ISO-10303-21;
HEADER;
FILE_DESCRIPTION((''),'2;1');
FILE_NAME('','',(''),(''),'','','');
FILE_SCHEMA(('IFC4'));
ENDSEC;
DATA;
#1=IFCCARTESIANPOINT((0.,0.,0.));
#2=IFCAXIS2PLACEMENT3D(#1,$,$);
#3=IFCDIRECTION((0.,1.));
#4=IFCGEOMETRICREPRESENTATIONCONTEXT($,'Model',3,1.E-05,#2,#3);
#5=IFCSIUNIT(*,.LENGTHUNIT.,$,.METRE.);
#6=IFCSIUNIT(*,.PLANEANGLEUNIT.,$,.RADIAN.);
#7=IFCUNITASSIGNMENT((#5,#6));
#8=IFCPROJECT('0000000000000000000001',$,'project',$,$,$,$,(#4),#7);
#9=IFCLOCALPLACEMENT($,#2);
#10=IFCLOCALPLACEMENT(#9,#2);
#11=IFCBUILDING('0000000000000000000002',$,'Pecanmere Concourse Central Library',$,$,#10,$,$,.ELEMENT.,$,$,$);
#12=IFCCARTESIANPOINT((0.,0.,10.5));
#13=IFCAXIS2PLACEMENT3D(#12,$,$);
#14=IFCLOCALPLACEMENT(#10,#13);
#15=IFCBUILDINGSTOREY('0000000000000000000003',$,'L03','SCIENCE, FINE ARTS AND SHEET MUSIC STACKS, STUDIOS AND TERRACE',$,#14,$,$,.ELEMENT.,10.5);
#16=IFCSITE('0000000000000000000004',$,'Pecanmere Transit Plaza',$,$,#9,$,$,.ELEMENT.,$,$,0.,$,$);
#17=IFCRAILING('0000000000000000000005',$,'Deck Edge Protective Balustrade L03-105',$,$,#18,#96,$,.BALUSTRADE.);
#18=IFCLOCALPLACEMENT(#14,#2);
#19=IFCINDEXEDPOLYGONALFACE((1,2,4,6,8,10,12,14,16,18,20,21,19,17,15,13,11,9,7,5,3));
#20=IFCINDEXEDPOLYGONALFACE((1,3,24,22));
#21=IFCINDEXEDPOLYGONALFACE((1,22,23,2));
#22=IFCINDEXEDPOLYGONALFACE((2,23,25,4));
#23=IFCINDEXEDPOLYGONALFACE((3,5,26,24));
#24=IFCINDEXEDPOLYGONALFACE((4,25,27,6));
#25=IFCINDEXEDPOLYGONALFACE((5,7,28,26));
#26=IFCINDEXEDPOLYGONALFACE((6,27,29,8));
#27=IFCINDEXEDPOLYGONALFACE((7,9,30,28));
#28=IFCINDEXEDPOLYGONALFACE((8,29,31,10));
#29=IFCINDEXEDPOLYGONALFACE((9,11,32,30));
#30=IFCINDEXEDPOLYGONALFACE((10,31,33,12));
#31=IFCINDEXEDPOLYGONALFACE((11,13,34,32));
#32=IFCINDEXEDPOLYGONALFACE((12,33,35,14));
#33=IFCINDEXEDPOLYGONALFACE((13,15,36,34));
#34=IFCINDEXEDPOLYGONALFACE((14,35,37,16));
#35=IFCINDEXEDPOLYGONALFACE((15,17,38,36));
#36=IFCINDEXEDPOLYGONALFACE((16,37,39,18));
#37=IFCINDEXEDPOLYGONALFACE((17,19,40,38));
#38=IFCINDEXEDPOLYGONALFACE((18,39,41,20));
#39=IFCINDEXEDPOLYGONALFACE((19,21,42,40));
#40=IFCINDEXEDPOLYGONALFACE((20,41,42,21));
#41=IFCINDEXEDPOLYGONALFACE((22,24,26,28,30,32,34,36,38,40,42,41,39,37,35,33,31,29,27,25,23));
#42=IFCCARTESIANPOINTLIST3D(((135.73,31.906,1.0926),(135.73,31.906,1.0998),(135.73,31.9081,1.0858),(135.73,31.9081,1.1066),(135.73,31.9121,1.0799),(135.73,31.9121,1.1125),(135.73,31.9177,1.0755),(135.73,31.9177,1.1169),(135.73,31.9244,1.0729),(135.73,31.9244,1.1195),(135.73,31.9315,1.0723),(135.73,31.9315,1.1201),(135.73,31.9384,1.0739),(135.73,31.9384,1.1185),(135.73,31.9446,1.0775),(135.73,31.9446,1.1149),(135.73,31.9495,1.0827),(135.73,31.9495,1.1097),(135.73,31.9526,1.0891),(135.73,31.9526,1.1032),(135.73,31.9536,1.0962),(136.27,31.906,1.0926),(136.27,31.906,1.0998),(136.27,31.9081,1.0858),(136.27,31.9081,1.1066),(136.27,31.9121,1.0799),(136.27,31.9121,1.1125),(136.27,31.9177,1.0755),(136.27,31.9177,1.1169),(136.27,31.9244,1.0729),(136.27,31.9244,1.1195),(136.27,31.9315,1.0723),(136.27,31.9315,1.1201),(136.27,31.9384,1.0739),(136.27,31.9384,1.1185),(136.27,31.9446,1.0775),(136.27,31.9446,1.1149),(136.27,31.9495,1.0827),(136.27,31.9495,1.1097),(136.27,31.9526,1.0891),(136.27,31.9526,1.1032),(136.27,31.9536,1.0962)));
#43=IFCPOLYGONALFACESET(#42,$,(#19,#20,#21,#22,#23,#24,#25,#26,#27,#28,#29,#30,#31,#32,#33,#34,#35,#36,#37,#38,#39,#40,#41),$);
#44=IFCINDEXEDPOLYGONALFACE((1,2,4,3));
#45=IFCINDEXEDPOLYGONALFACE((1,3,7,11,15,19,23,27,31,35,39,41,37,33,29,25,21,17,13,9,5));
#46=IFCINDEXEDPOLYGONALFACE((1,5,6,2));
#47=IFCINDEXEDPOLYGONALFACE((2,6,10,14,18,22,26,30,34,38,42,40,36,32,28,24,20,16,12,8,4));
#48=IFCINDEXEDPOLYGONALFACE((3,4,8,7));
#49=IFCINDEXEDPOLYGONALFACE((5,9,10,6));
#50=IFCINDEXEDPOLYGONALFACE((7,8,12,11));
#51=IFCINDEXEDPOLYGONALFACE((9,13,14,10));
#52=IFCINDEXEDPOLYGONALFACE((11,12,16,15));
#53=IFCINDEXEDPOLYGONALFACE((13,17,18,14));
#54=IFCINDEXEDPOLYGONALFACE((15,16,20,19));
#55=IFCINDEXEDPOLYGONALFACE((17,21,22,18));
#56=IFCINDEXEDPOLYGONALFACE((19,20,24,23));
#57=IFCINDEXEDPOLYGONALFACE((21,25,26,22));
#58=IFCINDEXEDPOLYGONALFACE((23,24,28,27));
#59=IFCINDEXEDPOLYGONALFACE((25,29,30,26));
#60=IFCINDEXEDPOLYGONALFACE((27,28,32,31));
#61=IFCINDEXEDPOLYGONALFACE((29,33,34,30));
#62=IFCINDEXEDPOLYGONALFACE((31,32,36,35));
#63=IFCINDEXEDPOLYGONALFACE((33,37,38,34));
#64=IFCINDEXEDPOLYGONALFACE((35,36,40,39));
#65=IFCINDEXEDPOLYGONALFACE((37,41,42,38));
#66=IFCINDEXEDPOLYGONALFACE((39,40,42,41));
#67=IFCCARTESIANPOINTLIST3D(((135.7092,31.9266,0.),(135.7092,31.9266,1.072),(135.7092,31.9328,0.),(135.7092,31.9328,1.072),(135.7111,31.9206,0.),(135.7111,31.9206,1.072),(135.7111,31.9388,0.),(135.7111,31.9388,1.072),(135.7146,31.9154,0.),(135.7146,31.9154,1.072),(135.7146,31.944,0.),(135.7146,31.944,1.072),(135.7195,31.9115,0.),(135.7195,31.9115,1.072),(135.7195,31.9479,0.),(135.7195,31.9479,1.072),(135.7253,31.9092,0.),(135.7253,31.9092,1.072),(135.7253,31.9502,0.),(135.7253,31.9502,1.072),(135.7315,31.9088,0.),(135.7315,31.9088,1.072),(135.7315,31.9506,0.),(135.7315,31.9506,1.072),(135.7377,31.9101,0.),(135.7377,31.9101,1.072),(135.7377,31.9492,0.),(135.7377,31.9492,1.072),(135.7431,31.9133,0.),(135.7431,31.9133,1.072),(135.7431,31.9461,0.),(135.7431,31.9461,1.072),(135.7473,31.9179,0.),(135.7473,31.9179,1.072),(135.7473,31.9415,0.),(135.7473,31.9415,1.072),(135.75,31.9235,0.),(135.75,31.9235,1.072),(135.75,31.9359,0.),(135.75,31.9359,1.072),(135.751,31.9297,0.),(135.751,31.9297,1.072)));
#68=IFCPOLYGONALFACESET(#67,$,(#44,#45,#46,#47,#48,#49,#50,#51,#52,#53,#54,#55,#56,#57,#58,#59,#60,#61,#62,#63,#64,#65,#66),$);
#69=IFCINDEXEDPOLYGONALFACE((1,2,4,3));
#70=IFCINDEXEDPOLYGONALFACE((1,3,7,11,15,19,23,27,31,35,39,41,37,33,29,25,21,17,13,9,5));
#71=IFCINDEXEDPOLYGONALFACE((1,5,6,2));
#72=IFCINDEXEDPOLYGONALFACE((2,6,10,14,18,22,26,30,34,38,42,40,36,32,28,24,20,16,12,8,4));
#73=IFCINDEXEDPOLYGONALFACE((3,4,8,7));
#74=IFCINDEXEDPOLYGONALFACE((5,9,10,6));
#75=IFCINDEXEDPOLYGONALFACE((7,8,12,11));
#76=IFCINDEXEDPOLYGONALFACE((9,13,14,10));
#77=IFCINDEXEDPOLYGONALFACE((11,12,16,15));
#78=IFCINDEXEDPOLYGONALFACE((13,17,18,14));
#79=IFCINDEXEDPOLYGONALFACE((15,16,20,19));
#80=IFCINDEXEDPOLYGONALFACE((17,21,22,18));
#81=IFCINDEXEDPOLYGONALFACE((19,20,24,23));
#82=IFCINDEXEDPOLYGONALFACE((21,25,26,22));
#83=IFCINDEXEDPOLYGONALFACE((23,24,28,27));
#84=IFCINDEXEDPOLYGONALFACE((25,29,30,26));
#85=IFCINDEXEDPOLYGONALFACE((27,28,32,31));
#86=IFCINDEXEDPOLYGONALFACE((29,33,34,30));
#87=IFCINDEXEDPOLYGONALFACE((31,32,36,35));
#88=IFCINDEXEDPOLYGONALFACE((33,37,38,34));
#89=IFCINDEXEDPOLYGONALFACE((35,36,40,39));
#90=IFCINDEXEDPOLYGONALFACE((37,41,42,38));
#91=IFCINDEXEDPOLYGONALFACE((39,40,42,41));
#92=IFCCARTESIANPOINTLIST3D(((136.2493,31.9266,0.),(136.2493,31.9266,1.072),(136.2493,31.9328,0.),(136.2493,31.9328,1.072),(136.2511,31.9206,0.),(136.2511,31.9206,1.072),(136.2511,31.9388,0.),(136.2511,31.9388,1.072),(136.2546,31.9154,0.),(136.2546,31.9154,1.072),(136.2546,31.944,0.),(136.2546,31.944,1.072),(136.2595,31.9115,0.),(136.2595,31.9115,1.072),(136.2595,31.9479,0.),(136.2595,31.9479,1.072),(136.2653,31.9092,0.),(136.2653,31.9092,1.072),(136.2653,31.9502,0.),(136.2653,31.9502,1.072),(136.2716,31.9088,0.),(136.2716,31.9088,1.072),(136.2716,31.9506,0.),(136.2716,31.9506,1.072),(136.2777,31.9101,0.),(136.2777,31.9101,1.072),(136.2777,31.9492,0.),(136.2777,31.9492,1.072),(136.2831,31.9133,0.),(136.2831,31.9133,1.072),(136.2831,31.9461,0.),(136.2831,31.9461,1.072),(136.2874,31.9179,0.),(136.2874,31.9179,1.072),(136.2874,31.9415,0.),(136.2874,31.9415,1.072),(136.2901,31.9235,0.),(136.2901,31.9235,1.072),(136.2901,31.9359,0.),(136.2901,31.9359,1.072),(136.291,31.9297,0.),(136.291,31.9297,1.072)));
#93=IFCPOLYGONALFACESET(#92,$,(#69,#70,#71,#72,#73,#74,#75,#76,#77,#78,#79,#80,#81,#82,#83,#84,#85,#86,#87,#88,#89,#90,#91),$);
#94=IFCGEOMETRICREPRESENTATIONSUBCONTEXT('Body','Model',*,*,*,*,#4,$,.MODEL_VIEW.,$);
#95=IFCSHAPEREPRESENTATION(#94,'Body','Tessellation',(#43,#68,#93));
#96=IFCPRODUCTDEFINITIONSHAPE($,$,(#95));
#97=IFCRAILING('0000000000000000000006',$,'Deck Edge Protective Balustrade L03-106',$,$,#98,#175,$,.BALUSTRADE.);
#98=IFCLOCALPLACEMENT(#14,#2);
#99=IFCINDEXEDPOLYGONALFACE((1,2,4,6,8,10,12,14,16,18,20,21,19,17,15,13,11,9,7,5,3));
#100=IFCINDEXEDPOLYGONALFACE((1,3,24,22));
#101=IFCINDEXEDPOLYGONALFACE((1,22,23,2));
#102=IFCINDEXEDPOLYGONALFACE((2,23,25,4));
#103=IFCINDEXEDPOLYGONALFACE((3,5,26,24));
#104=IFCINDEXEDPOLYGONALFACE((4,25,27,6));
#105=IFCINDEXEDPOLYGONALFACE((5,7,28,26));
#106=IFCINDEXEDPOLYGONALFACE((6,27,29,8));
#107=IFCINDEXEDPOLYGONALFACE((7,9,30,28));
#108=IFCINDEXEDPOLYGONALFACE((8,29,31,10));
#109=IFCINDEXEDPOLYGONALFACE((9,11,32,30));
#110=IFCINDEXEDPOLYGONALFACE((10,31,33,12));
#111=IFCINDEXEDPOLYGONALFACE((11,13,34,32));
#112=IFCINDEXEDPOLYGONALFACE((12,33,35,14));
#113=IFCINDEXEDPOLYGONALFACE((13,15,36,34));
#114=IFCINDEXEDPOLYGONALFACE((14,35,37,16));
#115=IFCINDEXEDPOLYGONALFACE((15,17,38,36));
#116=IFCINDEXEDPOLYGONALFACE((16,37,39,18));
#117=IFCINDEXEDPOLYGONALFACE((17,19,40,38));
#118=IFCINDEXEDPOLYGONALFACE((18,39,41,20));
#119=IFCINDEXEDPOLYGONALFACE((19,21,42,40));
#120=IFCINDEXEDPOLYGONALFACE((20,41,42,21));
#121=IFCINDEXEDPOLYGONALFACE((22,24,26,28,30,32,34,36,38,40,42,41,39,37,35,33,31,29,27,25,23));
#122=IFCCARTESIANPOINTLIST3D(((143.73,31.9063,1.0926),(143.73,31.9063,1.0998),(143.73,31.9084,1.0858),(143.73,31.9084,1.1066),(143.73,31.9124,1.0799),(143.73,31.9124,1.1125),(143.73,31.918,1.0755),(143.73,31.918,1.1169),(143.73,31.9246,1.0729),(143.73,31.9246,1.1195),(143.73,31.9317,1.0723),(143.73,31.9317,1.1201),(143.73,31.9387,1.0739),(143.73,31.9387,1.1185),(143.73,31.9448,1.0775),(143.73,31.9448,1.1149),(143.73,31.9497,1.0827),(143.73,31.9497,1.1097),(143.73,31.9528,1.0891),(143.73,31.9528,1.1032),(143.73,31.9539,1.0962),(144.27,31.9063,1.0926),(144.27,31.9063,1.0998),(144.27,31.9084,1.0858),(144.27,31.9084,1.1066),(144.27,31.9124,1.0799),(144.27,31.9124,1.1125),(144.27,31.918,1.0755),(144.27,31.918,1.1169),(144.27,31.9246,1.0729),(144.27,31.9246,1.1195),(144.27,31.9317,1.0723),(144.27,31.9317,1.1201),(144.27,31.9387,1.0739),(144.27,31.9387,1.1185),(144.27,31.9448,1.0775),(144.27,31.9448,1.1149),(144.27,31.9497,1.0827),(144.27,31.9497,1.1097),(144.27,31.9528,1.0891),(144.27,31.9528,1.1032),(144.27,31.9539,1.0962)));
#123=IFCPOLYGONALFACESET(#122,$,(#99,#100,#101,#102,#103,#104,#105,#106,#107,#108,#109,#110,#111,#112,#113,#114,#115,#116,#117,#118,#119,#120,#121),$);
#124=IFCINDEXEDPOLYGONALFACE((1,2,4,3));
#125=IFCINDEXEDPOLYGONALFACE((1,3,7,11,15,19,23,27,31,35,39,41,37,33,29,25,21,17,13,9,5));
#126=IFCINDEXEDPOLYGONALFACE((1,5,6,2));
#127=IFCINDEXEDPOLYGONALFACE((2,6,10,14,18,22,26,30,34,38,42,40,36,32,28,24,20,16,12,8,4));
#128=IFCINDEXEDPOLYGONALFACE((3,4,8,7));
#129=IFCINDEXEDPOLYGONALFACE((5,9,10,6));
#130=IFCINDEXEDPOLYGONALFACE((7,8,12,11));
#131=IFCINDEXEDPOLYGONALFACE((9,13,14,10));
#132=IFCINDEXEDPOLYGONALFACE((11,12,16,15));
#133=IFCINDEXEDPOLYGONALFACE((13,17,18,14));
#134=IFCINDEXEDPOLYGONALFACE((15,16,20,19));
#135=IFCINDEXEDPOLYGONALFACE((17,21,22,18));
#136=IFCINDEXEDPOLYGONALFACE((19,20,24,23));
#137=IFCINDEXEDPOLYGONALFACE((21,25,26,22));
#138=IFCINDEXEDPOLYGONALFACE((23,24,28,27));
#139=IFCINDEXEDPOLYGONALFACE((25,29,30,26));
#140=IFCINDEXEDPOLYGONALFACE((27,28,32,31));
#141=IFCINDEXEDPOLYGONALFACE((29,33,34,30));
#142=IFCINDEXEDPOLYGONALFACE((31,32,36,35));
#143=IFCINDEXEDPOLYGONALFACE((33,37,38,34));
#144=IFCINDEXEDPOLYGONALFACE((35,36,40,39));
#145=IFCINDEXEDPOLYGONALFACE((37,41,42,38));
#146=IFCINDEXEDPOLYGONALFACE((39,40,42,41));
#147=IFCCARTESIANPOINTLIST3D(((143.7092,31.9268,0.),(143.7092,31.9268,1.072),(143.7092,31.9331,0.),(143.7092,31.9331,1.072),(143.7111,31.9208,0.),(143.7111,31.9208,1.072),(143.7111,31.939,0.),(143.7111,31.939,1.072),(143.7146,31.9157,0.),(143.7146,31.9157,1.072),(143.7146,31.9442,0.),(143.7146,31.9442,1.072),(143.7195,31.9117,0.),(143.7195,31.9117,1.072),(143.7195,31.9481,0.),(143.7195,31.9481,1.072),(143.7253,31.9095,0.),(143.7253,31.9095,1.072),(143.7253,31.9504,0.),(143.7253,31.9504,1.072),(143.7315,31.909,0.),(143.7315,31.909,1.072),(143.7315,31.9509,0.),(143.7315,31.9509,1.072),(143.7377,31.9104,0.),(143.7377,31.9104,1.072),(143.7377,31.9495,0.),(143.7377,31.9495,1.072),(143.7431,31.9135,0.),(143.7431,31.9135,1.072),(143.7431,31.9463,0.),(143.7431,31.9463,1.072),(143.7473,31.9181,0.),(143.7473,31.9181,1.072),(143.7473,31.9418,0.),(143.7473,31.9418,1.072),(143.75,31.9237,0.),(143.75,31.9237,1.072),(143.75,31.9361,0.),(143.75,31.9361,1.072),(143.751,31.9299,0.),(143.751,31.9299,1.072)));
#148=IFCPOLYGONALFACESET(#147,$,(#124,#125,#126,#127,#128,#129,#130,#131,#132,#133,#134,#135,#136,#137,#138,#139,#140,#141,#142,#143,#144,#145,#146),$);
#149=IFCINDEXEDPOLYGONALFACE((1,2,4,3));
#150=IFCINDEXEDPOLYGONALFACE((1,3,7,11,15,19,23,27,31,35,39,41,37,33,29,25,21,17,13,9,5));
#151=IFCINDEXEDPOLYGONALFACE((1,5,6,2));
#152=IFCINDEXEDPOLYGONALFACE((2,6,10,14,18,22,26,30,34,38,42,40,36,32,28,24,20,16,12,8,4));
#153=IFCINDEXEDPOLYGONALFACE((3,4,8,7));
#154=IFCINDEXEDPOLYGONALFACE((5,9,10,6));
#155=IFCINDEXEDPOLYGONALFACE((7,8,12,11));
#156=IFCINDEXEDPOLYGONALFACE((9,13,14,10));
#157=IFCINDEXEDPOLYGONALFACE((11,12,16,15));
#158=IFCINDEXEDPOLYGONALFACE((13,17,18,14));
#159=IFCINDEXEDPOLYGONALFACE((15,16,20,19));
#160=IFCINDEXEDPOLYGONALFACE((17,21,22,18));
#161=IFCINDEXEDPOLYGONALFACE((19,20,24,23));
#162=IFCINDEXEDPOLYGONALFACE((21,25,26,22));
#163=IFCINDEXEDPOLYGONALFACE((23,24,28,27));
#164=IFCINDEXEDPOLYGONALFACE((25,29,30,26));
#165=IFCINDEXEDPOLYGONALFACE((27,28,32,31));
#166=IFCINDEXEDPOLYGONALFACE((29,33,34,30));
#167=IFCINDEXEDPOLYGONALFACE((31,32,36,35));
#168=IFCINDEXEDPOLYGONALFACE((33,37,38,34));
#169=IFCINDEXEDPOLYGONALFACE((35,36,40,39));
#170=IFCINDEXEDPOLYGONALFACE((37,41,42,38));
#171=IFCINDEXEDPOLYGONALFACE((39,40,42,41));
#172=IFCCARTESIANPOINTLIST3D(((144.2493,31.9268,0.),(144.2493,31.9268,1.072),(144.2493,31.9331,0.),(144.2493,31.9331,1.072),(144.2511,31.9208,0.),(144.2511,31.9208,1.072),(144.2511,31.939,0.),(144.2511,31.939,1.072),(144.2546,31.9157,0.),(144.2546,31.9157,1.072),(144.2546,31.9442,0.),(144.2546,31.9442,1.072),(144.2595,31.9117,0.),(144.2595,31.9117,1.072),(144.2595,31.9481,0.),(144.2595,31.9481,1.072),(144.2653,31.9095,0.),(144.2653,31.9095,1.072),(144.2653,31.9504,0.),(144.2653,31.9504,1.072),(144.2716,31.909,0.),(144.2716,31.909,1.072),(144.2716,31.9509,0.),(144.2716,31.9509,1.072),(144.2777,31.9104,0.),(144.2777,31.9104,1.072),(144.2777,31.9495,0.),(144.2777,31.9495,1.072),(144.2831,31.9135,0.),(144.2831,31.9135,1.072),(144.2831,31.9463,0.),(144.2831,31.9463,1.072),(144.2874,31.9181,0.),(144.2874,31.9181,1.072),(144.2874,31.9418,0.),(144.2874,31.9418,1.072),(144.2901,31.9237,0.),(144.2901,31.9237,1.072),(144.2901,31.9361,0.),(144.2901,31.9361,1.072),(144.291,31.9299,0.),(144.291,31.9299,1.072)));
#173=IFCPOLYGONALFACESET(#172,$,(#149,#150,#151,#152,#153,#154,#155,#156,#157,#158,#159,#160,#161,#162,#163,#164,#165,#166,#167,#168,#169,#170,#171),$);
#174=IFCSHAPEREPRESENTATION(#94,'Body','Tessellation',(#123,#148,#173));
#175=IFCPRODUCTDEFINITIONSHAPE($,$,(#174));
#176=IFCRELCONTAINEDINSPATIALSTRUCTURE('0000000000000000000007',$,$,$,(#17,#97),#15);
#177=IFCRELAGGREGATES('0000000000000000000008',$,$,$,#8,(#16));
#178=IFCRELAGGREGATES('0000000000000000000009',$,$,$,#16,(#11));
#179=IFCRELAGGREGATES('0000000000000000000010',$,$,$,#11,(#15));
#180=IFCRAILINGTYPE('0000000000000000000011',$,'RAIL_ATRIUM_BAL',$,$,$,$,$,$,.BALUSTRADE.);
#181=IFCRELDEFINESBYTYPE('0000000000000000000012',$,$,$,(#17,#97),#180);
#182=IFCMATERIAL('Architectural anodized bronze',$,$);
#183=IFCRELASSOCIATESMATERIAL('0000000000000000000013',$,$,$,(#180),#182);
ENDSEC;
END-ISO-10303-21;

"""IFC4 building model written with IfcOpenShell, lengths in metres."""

from ifc_helpers import new_model, si_unit, direction, frame, origin, origin_2d, place, context, subcontext, project, spatial, circle, extrude, material, type_object, element, save


model = new_model("IFC4")

# Units and contexts
model_context = context("Model", 3, precision=1e-05, world=origin(), true_north=direction((0.0, 1.0)))
body_context = subcontext(model_context, "Body", "Model", "MODEL_VIEW")
ifc_project = project(units=[si_unit("LENGTHUNIT", "METRE"), si_unit("PLANEANGLEUNIT", "RADIAN")], contexts=[model_context])

# Site, building, storey
site_placement = place(None, origin())
site = spatial("IfcSite", under=ifc_project, at=site_placement, Name="Pecanmere Transit Plaza", CompositionType="ELEMENT", RefElevation=0.0)
building_placement = place(site_placement, origin())
building = spatial("IfcBuilding", under=site, at=building_placement, Name="Pecanmere Concourse Central Library", CompositionType="ELEMENT")
storey_placement = place(building_placement, frame((0.0, 0.0, 10.5)))
storey = spatial("IfcBuildingStorey", under=building, at=storey_placement, Name="L03", Description="SCIENCE, FINE ARTS AND SHEET MUSIC STACKS, STUDIOS AND TERRACE", CompositionType="ELEMENT", Elevation=10.5)

# Railings
ifc_material_1 = material(Name="Architectural anodized bronze")
railing_type = type_object("IfcRailingType", Name="RAIL_ATRIUM_BAL", PredefinedType="BALUSTRADE", material=ifc_material_1)
for number, where, name in (
    (1, (135.73, 31.9297, 0.0), "Deck Edge Protective Balustrade L03-105"),
    (2, (143.73, 31.9299, 0.0), "Deck Edge Protective Balustrade L03-106"),
):
    element("IfcRailing", number, at=place(storey_placement, frame(where)), inside=storey, type_object=railing_type, Name=name, PredefinedType="BALUSTRADE", context=body_context, shape_type="SweptSolid", body=[
        extrude(circle(Radius=0.0239, at=origin_2d()), frame((0.0, 0.0, 1.0962), z_axis=(1.0, 0.0, 0.0), x_axis=(0.0, 1.0, 0.0)), (0.0, 0.0, 1.0), 0.54),
        extrude(circle(Radius=0.021, at=origin_2d()), origin(), (0.0, 0.0, 1.0), 1.072),
        extrude(circle(Radius=0.021, at=origin_2d()), frame((0.54, 0.0, 0.0)), (0.0, 0.0, 1.0), 1.072),
    ])

save(model, "model.ifc")
